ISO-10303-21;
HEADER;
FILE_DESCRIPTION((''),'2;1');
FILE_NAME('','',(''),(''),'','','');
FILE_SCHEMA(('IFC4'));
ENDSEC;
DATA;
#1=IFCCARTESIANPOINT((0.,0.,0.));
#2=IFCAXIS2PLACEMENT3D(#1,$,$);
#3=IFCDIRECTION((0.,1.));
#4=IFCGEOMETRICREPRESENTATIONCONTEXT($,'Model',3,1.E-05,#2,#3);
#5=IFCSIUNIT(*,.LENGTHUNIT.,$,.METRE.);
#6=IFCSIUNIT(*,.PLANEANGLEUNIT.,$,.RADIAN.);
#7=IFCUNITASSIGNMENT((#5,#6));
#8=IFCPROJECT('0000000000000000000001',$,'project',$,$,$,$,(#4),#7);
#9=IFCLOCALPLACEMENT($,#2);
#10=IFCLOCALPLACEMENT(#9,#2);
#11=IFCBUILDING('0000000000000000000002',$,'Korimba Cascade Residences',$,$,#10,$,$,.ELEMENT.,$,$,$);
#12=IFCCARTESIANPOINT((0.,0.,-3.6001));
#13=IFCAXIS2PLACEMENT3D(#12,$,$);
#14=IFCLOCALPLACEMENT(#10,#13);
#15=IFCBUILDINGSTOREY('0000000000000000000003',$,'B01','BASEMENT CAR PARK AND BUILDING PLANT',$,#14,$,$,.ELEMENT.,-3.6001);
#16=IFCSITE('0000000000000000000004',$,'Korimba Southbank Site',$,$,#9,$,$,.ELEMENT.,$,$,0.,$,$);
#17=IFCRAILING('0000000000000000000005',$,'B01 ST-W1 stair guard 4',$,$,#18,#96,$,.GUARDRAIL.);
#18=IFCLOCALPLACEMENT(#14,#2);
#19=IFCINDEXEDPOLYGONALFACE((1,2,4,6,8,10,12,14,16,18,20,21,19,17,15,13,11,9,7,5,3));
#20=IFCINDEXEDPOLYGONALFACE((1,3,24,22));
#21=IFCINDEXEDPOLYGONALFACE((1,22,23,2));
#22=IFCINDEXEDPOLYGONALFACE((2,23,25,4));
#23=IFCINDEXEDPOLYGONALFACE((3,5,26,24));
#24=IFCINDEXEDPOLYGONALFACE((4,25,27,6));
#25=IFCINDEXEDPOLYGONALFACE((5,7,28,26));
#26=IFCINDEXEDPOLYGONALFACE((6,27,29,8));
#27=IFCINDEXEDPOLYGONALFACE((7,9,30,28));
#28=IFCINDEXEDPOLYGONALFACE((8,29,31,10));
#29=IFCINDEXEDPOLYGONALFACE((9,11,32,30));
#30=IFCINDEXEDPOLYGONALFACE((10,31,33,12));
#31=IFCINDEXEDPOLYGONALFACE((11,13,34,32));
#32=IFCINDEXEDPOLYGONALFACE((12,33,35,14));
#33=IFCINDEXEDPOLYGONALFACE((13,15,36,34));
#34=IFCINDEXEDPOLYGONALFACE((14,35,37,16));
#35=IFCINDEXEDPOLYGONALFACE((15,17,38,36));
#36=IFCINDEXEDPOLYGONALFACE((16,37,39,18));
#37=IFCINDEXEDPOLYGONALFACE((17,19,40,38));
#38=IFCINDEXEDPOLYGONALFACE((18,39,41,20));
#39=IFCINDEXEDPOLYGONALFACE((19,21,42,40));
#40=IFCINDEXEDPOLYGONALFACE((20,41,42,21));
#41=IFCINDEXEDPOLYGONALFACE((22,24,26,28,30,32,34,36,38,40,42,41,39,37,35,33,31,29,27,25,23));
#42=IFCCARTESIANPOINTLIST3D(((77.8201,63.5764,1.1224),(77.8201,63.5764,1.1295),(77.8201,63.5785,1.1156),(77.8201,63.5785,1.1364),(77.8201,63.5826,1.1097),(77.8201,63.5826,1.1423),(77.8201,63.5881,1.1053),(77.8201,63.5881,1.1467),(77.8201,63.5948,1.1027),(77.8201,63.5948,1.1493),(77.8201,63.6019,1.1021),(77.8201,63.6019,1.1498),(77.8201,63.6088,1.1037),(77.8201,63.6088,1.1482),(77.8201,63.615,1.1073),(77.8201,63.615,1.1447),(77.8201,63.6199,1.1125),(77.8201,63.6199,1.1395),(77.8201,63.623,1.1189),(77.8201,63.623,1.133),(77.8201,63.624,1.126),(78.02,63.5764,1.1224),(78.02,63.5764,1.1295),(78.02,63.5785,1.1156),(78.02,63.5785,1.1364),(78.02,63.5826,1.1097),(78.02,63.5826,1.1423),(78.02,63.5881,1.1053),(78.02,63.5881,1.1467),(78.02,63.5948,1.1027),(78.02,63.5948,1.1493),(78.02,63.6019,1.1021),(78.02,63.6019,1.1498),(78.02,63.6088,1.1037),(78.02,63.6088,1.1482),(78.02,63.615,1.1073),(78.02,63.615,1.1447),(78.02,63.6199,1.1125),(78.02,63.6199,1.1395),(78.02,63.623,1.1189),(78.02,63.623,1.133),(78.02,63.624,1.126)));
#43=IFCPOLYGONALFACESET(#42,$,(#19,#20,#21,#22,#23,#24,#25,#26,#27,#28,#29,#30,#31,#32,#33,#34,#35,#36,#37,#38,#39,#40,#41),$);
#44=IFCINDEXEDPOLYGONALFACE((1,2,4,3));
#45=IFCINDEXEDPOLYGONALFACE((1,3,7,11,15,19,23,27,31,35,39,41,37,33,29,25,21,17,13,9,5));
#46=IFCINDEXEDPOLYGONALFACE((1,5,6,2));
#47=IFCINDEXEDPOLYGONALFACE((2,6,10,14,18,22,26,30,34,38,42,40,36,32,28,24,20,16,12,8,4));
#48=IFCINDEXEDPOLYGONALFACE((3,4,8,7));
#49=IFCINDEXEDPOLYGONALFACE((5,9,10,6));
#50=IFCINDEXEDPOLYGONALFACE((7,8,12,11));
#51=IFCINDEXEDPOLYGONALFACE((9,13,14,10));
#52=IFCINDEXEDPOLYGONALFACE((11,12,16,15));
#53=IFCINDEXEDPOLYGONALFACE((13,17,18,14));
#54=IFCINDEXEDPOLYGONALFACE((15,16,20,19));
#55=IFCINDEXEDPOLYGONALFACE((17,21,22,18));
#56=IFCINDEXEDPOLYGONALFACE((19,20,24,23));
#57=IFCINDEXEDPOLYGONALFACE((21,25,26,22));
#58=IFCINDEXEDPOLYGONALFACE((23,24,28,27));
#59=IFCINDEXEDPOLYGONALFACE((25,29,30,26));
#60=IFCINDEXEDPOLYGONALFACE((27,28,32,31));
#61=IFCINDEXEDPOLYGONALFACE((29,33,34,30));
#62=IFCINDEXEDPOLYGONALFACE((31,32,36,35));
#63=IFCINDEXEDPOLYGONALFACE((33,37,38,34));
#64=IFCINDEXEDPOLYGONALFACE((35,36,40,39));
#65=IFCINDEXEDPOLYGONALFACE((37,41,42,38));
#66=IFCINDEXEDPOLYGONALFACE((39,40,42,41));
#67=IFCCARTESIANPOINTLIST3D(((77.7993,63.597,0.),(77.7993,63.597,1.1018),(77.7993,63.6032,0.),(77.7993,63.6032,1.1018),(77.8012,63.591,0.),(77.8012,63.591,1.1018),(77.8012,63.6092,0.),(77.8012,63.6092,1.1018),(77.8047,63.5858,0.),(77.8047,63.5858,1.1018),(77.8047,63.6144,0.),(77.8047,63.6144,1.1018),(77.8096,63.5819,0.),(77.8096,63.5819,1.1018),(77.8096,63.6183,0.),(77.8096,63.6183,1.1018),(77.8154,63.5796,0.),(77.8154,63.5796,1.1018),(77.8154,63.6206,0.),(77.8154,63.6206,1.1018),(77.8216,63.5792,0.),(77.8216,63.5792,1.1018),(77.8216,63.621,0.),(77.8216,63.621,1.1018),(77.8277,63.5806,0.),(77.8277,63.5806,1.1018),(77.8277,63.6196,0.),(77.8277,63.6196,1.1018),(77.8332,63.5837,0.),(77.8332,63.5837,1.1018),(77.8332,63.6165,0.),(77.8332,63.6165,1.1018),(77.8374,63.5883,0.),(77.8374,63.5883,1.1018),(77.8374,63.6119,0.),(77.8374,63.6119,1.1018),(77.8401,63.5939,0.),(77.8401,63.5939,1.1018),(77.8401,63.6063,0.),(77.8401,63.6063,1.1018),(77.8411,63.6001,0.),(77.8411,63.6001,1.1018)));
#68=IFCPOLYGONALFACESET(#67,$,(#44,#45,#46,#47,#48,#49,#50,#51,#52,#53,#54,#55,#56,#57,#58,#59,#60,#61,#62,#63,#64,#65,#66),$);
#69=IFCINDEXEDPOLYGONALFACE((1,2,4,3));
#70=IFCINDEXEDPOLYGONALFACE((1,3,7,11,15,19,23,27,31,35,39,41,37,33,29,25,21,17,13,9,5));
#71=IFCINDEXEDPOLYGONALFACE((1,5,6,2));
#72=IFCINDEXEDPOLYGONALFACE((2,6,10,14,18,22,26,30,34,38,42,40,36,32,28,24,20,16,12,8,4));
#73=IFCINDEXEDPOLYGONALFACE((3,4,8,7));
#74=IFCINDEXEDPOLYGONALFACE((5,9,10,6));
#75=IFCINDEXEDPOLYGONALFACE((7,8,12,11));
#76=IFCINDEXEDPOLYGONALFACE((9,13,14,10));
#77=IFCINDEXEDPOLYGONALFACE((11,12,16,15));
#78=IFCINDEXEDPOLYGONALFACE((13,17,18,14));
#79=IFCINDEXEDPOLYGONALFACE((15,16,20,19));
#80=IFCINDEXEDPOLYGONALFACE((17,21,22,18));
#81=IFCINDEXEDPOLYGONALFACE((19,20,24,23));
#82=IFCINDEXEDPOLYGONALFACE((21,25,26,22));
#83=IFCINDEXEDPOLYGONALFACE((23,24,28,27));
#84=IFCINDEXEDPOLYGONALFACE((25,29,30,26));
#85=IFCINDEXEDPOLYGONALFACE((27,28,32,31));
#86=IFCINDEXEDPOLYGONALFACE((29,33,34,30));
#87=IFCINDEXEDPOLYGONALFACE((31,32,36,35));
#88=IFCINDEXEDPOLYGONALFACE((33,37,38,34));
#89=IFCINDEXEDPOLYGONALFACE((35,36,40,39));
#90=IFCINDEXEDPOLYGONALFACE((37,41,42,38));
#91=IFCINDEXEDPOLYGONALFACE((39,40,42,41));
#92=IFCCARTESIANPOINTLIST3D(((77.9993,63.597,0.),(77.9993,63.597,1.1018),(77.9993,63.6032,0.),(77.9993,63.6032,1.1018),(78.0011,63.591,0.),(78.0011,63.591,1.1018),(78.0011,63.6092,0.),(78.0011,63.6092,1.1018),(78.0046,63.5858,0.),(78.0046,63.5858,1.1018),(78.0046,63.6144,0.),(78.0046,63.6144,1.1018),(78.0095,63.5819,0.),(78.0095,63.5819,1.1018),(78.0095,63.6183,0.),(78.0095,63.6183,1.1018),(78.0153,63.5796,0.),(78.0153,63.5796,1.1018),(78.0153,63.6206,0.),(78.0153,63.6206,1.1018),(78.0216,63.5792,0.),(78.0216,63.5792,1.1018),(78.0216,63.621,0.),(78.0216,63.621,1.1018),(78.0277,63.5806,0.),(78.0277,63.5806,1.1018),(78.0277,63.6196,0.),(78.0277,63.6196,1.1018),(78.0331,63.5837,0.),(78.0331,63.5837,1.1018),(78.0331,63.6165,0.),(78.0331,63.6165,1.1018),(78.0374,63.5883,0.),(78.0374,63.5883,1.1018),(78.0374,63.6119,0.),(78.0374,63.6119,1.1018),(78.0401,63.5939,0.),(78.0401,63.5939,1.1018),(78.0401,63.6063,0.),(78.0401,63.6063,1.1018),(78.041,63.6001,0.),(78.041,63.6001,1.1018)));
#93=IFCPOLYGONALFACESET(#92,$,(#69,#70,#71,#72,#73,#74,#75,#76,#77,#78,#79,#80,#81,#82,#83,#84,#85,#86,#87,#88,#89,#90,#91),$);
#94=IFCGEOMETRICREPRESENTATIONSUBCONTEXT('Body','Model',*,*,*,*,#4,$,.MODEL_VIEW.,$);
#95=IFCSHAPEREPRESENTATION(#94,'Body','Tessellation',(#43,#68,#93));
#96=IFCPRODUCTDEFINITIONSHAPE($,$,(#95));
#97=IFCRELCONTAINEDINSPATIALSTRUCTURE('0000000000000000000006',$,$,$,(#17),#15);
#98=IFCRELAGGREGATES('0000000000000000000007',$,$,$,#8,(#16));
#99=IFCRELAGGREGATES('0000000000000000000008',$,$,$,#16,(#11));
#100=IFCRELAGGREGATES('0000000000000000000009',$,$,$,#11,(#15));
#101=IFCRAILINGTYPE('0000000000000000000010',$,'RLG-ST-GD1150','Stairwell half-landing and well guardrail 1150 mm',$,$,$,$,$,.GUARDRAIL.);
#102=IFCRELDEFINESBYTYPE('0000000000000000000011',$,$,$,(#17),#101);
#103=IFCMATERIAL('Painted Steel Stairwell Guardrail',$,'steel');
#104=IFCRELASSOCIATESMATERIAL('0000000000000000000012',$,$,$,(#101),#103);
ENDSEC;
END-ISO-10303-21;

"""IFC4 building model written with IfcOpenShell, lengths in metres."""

from ifc_helpers import new_model, si_unit, direction, frame, origin, origin_2d, place, context, subcontext, project, spatial, circle, extrude, material, type_object, element, save


model = new_model("IFC4")

# Units and contexts
model_context = context("Model", 3, precision=1e-05, world=origin(), true_north=direction((0.0, 1.0)))
body_context = subcontext(model_context, "Body", "Model", "MODEL_VIEW")
ifc_project = project(units=[si_unit("LENGTHUNIT", "METRE"), si_unit("PLANEANGLEUNIT", "RADIAN")], contexts=[model_context])

# Site, building, storey
site_placement = place(None, origin())
site = spatial("IfcSite", under=ifc_project, at=site_placement, Name="Korimba Southbank Site", CompositionType="ELEMENT", RefElevation=0.0)
building_placement = place(site_placement, origin())
building = spatial("IfcBuilding", under=site, at=building_placement, Name="Korimba Cascade Residences", CompositionType="ELEMENT")
storey_placement = place(building_placement, frame((0.0, 0.0, -3.6001)))
storey = spatial("IfcBuildingStorey", under=building, at=storey_placement, Name="B01", Description="BASEMENT CAR PARK AND BUILDING PLANT", CompositionType="ELEMENT", Elevation=-3.6001)

# Railing
ifc_material_1 = material(Name="Painted Steel Stairwell Guardrail", Category="steel")
railing_type_1 = type_object("IfcRailingType", Name="RLG-ST-GD1150", Description="Stairwell half-landing and well guardrail 1150 mm", PredefinedType="GUARDRAIL", material=ifc_material_1)
railing_1_placement = place(storey_placement, frame((77.8201, 63.6001, 0.0)))
element("IfcRailing", 1, at=railing_1_placement, inside=storey, type_object=railing_type_1, Name="B01 ST-W1 stair guard 4", PredefinedType="GUARDRAIL", context=body_context, shape_type="SweptSolid", body=[
    extrude(circle(Radius=0.0239, at=origin_2d()), frame((0.0, 0.0, 1.126), z_axis=(1.0, 0.0, 0.0), x_axis=(0.0, 1.0, 0.0)), (0.0, 0.0, 1.0), 0.2),
    extrude(circle(Radius=0.021, at=origin_2d()), origin(), (0.0, 0.0, 1.0), 1.1018),
    extrude(circle(Radius=0.021, at=origin_2d()), frame((0.2, 0.0, 0.0)), (0.0, 0.0, 1.0), 1.1018),
])

save(model, "model.ifc")
